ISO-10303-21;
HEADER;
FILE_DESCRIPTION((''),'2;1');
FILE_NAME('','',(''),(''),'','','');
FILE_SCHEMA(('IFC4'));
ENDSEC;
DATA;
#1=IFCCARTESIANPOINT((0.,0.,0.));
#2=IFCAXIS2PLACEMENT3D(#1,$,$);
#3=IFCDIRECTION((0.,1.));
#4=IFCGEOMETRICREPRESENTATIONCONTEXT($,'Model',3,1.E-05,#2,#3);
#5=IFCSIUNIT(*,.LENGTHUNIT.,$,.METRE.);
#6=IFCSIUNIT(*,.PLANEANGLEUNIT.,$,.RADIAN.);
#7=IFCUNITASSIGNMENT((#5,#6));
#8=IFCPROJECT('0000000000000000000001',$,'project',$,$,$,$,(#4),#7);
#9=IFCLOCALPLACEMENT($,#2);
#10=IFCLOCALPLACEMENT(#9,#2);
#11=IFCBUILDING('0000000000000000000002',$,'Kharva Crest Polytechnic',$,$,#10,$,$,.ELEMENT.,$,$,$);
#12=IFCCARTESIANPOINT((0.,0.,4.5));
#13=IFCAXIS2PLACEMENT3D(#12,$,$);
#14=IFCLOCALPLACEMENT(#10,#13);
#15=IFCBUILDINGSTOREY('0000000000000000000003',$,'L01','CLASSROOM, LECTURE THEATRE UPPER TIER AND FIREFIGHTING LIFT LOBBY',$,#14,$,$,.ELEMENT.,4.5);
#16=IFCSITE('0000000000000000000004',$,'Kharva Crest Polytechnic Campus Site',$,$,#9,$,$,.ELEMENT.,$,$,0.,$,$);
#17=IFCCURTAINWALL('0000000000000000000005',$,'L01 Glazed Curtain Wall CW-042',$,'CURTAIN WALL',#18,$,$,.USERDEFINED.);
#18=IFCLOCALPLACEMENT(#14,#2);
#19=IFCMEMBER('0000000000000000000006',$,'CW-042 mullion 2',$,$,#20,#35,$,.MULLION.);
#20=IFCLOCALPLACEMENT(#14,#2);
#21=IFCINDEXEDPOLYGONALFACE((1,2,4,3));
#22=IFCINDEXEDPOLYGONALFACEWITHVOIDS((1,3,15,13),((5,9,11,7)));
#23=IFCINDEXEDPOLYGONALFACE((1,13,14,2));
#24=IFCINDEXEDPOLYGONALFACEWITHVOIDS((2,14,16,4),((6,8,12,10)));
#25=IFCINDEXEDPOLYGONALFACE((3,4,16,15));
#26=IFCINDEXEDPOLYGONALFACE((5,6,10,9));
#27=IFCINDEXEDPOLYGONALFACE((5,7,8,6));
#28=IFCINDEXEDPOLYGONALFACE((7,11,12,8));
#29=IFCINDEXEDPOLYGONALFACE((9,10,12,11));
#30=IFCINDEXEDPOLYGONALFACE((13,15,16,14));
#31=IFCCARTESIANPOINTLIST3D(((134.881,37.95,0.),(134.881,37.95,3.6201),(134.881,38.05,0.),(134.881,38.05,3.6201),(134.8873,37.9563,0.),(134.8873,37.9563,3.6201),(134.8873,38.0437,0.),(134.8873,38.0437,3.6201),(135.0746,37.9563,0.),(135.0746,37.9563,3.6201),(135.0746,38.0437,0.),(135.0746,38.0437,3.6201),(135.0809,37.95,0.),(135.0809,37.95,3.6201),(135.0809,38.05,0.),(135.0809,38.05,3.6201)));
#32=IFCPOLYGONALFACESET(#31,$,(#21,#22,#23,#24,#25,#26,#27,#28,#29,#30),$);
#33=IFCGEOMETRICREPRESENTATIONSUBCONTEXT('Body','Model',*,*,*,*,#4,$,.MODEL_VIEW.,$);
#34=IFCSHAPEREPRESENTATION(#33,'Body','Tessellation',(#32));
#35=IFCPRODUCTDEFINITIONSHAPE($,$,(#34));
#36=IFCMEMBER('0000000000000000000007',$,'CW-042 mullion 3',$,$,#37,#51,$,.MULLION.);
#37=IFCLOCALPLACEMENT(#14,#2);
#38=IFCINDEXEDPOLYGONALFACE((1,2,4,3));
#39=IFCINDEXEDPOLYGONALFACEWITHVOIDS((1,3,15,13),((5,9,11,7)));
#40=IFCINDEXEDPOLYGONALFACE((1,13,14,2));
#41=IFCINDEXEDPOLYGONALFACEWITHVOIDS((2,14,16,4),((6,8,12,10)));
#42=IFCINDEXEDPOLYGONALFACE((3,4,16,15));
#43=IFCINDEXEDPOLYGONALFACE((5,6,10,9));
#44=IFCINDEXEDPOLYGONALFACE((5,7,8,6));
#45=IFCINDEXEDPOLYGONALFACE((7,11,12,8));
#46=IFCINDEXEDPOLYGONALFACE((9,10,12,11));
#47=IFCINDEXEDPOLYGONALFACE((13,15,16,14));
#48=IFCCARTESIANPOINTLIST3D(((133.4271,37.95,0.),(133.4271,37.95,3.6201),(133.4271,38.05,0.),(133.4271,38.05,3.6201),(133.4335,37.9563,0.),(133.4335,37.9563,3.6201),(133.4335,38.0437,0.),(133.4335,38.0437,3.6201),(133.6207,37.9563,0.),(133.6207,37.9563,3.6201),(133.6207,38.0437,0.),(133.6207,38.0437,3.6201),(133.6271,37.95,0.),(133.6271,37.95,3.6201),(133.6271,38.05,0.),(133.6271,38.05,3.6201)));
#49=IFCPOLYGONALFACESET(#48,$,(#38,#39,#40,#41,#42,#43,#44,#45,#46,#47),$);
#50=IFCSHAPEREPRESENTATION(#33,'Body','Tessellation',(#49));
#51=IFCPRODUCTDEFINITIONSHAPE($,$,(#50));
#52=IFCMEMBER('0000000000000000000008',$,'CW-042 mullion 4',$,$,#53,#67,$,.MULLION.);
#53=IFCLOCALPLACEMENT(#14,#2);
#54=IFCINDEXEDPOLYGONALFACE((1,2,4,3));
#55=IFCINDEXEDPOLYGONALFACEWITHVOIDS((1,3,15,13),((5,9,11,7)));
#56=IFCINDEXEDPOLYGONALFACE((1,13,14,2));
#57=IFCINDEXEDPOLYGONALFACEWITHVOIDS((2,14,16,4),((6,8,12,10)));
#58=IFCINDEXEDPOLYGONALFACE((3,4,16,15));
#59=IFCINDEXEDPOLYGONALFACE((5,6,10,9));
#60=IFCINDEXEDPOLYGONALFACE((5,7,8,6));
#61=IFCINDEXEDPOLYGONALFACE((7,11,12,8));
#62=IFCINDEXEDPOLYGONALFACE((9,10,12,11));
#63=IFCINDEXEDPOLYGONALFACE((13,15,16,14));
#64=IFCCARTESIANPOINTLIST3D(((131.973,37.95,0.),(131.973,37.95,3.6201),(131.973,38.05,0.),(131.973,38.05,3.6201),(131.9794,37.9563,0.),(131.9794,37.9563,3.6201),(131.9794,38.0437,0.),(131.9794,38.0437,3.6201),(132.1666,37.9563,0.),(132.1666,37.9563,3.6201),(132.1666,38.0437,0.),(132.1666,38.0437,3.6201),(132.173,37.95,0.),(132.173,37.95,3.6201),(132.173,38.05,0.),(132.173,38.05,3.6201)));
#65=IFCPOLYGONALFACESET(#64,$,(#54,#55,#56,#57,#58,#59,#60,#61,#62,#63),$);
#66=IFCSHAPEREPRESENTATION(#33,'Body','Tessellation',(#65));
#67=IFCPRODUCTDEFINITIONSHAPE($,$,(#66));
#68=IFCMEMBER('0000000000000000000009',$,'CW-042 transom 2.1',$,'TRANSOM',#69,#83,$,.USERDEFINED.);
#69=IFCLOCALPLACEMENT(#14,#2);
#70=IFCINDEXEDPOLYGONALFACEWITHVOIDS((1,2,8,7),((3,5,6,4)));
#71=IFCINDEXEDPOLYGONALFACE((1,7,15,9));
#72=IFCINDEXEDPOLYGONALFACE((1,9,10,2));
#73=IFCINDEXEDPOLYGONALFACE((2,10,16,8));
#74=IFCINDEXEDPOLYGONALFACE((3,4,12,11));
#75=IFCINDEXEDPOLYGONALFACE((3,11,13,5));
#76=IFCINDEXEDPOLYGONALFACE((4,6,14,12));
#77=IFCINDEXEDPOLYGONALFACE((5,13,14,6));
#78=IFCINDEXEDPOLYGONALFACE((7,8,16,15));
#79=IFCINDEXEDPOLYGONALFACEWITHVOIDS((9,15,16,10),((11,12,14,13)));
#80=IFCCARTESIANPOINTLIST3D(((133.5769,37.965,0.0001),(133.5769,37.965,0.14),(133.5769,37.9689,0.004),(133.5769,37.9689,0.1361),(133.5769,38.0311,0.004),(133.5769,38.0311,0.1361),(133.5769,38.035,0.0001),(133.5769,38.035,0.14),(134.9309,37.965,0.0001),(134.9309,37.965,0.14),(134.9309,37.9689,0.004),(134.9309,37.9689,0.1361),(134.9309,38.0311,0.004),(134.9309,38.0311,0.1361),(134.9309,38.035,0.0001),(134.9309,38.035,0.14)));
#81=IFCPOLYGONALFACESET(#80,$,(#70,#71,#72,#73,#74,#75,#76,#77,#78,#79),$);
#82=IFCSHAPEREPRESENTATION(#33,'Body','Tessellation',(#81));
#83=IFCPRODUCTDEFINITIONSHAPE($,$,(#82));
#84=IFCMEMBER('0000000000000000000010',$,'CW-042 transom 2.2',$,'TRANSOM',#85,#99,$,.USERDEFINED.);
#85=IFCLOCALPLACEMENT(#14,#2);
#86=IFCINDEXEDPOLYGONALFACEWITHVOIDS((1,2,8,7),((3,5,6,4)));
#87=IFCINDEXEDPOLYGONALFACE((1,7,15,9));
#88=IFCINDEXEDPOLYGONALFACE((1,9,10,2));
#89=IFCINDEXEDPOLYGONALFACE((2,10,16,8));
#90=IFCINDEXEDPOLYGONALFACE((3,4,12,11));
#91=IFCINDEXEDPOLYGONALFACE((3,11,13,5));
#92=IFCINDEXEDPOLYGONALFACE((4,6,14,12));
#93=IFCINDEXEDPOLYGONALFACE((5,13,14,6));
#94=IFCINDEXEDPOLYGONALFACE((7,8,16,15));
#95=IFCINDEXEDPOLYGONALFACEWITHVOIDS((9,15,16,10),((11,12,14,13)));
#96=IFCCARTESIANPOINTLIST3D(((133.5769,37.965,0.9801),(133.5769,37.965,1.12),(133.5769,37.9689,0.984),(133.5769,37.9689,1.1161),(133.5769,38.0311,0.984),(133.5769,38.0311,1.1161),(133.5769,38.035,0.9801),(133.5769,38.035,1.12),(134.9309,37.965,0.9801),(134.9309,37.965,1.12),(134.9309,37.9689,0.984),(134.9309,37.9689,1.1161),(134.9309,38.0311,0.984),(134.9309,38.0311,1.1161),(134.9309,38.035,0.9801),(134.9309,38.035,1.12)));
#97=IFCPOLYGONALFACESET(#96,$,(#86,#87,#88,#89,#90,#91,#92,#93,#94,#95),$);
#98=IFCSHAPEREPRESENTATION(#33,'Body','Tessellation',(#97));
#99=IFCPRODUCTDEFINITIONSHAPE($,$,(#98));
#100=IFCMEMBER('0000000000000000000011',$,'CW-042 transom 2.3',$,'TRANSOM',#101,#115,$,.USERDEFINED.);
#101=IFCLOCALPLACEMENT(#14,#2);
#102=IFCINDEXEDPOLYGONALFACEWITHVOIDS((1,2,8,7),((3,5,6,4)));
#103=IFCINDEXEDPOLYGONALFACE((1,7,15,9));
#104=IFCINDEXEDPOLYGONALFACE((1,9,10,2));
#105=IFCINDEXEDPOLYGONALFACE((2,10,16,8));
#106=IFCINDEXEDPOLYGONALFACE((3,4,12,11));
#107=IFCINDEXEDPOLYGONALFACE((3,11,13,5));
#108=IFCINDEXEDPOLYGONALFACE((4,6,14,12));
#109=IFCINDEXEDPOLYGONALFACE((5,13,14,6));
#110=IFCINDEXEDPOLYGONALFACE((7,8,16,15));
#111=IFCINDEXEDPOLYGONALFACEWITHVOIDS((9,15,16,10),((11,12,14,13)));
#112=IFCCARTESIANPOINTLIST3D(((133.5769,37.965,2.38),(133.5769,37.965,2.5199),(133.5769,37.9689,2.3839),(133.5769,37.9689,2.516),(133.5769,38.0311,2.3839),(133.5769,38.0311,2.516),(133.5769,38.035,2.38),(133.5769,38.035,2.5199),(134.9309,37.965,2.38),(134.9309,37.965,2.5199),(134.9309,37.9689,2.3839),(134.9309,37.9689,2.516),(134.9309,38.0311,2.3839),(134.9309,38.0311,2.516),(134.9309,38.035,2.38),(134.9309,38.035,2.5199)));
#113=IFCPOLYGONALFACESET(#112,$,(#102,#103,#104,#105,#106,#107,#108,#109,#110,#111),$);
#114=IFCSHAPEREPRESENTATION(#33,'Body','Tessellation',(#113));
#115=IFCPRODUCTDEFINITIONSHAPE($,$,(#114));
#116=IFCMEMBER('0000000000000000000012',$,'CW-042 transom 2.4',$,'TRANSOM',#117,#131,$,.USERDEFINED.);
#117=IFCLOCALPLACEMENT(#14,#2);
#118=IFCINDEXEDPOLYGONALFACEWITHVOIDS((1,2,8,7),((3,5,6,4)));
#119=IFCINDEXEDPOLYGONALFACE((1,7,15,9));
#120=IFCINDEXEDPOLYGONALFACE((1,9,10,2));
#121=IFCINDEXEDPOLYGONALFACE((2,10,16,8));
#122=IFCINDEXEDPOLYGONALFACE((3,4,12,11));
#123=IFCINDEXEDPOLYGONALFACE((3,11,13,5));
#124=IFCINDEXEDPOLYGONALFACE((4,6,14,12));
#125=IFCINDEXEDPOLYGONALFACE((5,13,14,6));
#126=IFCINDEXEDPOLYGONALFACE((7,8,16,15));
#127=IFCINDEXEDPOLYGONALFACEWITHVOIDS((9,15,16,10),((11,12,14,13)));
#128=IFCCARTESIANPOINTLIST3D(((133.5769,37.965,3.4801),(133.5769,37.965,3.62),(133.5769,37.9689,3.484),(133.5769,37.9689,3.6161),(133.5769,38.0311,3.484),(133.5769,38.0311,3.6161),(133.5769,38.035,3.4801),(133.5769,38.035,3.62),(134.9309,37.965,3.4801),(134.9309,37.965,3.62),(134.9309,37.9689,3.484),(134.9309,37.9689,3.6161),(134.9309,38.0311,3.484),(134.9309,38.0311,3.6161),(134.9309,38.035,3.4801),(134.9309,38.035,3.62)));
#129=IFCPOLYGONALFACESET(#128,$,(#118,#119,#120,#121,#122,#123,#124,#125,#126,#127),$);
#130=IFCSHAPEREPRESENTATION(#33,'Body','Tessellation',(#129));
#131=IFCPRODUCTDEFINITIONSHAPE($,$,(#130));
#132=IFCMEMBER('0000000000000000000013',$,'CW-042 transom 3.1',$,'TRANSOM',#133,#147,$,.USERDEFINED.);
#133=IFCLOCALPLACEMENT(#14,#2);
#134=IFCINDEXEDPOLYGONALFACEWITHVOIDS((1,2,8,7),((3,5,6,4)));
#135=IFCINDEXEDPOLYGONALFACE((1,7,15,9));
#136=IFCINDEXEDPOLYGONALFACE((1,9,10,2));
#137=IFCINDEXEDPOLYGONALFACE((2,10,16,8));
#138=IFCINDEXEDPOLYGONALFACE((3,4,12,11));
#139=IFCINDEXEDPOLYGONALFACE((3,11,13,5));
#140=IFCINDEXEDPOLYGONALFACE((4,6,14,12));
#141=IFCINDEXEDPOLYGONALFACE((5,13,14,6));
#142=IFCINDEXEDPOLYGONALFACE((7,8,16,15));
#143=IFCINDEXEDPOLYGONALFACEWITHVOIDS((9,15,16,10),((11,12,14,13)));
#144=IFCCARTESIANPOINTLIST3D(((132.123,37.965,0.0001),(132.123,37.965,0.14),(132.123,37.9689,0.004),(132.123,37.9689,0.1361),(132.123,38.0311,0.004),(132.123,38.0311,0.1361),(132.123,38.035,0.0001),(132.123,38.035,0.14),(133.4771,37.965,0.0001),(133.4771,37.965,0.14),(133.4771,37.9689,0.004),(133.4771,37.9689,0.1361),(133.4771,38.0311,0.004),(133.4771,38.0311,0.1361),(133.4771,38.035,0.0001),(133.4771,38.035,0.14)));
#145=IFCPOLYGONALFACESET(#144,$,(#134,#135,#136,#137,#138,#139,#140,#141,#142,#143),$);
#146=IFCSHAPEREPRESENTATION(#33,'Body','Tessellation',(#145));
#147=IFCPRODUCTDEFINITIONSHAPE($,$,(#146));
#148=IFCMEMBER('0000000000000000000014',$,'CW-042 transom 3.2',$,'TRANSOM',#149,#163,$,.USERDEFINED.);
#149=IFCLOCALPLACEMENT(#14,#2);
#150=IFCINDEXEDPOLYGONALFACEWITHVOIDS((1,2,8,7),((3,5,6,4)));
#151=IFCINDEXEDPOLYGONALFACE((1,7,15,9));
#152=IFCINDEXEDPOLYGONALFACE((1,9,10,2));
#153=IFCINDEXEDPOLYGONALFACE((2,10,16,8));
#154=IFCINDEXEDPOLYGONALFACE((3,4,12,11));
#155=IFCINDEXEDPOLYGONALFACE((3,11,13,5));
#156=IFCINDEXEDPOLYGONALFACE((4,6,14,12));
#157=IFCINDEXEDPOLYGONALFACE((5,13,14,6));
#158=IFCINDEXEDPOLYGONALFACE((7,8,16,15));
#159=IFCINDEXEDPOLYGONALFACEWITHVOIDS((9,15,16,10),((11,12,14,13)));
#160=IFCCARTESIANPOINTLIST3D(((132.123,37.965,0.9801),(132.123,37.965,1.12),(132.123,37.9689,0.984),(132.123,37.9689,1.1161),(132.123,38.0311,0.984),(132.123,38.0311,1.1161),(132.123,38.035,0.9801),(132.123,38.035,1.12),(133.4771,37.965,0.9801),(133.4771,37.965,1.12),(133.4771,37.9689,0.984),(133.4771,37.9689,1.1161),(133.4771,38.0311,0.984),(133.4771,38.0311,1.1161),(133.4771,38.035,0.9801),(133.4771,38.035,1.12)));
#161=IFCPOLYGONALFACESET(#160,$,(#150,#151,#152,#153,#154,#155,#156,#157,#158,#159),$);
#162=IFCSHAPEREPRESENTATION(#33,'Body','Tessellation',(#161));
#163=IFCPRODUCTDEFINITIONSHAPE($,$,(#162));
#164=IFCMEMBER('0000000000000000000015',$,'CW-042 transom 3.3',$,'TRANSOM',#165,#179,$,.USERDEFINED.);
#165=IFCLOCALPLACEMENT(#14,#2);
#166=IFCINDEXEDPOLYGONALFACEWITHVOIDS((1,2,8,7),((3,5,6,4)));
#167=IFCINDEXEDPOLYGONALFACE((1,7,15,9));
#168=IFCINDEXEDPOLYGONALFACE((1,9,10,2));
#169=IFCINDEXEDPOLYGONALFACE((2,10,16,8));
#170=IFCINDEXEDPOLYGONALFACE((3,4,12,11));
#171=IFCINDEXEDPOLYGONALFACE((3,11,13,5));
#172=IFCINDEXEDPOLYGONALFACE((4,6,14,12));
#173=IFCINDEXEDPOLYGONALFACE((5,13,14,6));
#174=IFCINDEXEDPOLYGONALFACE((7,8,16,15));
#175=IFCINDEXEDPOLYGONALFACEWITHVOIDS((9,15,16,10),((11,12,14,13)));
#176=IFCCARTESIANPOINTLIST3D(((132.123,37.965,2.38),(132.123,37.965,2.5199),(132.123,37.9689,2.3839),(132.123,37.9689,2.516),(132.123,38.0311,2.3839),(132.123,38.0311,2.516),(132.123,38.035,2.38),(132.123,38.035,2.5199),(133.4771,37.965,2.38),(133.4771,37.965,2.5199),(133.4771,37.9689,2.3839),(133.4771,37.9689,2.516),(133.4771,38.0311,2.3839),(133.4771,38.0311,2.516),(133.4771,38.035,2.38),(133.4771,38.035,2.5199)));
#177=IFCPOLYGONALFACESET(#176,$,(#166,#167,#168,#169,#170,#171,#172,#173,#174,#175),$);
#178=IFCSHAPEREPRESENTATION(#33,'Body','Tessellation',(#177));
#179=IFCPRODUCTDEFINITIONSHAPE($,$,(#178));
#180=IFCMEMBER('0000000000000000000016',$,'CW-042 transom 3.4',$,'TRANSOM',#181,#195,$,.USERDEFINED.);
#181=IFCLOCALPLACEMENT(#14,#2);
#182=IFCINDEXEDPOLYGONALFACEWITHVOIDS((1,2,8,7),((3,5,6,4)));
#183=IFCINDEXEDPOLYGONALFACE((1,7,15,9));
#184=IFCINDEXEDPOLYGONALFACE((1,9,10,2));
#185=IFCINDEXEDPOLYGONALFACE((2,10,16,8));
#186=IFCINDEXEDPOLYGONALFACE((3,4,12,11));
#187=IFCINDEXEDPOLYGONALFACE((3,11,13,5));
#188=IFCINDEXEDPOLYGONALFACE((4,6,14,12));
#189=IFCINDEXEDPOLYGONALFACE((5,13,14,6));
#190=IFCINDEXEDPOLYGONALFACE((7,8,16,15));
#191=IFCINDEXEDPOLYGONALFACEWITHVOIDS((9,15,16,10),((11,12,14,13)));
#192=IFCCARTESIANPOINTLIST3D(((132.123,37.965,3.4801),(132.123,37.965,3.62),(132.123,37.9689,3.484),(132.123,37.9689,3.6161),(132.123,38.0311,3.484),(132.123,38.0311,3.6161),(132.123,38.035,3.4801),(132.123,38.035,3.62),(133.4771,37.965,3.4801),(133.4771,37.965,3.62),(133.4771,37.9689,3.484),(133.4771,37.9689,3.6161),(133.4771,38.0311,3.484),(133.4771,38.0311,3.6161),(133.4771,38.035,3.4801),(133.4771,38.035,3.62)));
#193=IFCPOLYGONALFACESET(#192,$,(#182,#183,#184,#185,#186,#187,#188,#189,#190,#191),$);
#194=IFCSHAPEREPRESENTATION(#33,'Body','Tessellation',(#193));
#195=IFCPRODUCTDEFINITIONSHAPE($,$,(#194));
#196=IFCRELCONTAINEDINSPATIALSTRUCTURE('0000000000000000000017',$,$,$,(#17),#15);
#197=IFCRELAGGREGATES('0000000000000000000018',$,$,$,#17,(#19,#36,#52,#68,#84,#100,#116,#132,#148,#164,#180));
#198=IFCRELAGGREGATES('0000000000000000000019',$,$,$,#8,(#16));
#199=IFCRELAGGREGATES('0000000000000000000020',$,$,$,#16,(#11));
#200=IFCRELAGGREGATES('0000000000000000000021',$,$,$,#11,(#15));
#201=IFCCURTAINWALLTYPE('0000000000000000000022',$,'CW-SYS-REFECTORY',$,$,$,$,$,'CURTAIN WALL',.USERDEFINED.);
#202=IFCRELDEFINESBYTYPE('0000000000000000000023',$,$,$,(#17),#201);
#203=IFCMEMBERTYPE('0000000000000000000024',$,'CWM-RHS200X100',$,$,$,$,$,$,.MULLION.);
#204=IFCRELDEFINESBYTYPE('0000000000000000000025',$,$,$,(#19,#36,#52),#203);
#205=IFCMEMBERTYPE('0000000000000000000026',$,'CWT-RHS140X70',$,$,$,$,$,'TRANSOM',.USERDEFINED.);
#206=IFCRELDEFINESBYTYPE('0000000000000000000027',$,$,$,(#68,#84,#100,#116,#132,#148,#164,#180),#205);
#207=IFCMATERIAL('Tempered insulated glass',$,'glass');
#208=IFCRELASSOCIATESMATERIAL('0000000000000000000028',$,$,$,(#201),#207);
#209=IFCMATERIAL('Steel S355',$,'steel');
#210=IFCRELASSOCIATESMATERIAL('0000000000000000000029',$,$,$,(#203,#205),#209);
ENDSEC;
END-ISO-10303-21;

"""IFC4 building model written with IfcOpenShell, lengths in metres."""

from ifc_helpers import new_model, si_unit, direction, frame, origin, origin_2d, place, context, subcontext, project, spatial, hollow_rectangle, extrude, material, material_profile, profile_set, type_object, element, aggregate, save


model = new_model("IFC4")

# Units and contexts
model_context = context("Model", 3, precision=1e-05, world=origin(), true_north=direction((0.0, 1.0)))
body_context = subcontext(model_context, "Body", "Model", "MODEL_VIEW")
ifc_project = project(units=[si_unit("LENGTHUNIT", "METRE"), si_unit("PLANEANGLEUNIT", "RADIAN")], contexts=[model_context])

# Site, building, storey
site_placement = place(None, origin())
site = spatial("IfcSite", under=ifc_project, at=site_placement, Name="Kharva Crest Polytechnic Campus Site", CompositionType="ELEMENT", RefElevation=0.0)
building_placement = place(site_placement, origin())
building = spatial("IfcBuilding", under=site, at=building_placement, Name="Kharva Crest Polytechnic", CompositionType="ELEMENT")
storey_placement = place(building_placement, frame((0.0, 0.0, 4.5)))
storey = spatial("IfcBuildingStorey", under=building, at=storey_placement, Name="L01", Description="CLASSROOM, LECTURE THEATRE UPPER TIER AND FIREFIGHTING LIFT LOBBY", CompositionType="ELEMENT", Elevation=4.5)

# Curtain wall, members
ifc_material_1 = material(Name="Tempered insulated glass", Category="glass")
curtain_wall_type = type_object("IfcCurtainWallType", Name="CW-SYS-REFECTORY", ElementType="CURTAIN WALL", PredefinedType="USERDEFINED", material=ifc_material_1)
curtain_wall_placement = place(storey_placement, origin())
curtain_wall = element("IfcCurtainWall", 1, at=curtain_wall_placement, inside=storey, type_object=curtain_wall_type, Name="L01 Glazed Curtain Wall CW-042", ObjectType="CURTAIN WALL", PredefinedType="USERDEFINED")
ifc_material_2 = material(Name="Steel S355", Category="steel")
ifc_material_profile_1 = material_profile(ifc_material_2, hollow_rectangle(XDim=0.1001, YDim=0.2, WallThickness=0.0063, at=origin_2d()), Name="RHS 200X100X6.3")
ifc_profile_set_1 = profile_set([ifc_material_profile_1], Name="Steel S355")
member_type_1 = type_object("IfcMemberType", Name="CWM-RHS200X100", PredefinedType="MULLION", material=ifc_profile_set_1)
member_1_placement = place(storey_placement, frame((134.981, 38.0, 0.0), z_axis=(0.0, 0.0, 1.0), x_axis=(0.0, -1.0, 0.0)))
member_1 = element("IfcMember", 2, at=member_1_placement, type_object=member_type_1, Name="CW-042 mullion 2", PredefinedType="MULLION", context=body_context, shape_type="SweptSolid", body=[
    extrude(hollow_rectangle(XDim=0.1001, YDim=0.2, WallThickness=0.0063, at=origin_2d()), origin(), (0.0, 0.0, 1.0), 3.6201),
])
member_2_placement = place(storey_placement, frame((133.5271, 38.0, 0.0), z_axis=(0.0, 0.0, 1.0), x_axis=(0.0, -1.0, 0.0)))
member_2 = element("IfcMember", 3, at=member_2_placement, type_object=member_type_1, Name="CW-042 mullion 3", PredefinedType="MULLION", context=body_context, shape_type="SweptSolid", body=[
    extrude(hollow_rectangle(XDim=0.1001, YDim=0.2, WallThickness=0.0063, at=origin_2d()), origin(), (0.0, 0.0, 1.0), 3.6201),
])
member_3_placement = place(storey_placement, frame((132.073, 38.0, 0.0), z_axis=(0.0, 0.0, 1.0), x_axis=(0.0, -1.0, 0.0)))
member_3 = element("IfcMember", 4, at=member_3_placement, type_object=member_type_1, Name="CW-042 mullion 4", PredefinedType="MULLION", context=body_context, shape_type="SweptSolid", body=[
    extrude(hollow_rectangle(XDim=0.1001, YDim=0.2, WallThickness=0.0063, at=origin_2d()), origin(), (0.0, 0.0, 1.0), 3.6201),
])
ifc_material_profile_2 = material_profile(ifc_material_2, hollow_rectangle(XDim=0.0701, YDim=0.1399, WallThickness=0.0039, at=origin_2d()), Name="RHS 140X70X4.0")
ifc_profile_set_2 = profile_set([ifc_material_profile_2], Name="Steel S355")
member_type_2 = type_object("IfcMemberType", Name="CWT-RHS140X70", ElementType="TRANSOM", PredefinedType="USERDEFINED", material=ifc_profile_set_2)
member_4_placement = place(storey_placement, frame((134.9309, 38.0, 0.0701), z_axis=(-1.0, 0.0, 0.0), x_axis=(0.0, -1.0, 0.0)))
member_4 = element("IfcMember", 5, at=member_4_placement, type_object=member_type_2, Name="CW-042 transom 2.1", ObjectType="TRANSOM", PredefinedType="USERDEFINED", context=body_context, shape_type="SweptSolid", body=[
    extrude(hollow_rectangle(XDim=0.0701, YDim=0.1399, WallThickness=0.0039, at=origin_2d()), origin(), (0.0, 0.0, 1.0), 1.354),
])
member_5_placement = place(storey_placement, frame((134.9309, 38.0, 1.05), z_axis=(-1.0, 0.0, 0.0), x_axis=(0.0, -1.0, 0.0)))
member_5 = element("IfcMember", 6, at=member_5_placement, type_object=member_type_2, Name="CW-042 transom 2.2", ObjectType="TRANSOM", PredefinedType="USERDEFINED", context=body_context, shape_type="SweptSolid", body=[
    extrude(hollow_rectangle(XDim=0.0701, YDim=0.1399, WallThickness=0.0039, at=origin_2d()), origin(), (0.0, 0.0, 1.0), 1.354),
])
member_6_placement = place(storey_placement, frame((134.9309, 38.0, 2.45), z_axis=(-1.0, 0.0, 0.0), x_axis=(0.0, -1.0, 0.0)))
member_6 = element("IfcMember", 7, at=member_6_placement, type_object=member_type_2, Name="CW-042 transom 2.3", ObjectType="TRANSOM", PredefinedType="USERDEFINED", context=body_context, shape_type="SweptSolid", body=[
    extrude(hollow_rectangle(XDim=0.0701, YDim=0.1399, WallThickness=0.0039, at=origin_2d()), origin(), (0.0, 0.0, 1.0), 1.354),
])
member_7_placement = place(storey_placement, frame((134.9309, 38.0, 3.55), z_axis=(-1.0, 0.0, 0.0), x_axis=(0.0, -1.0, 0.0)))
member_7 = element("IfcMember", 8, at=member_7_placement, type_object=member_type_2, Name="CW-042 transom 2.4", ObjectType="TRANSOM", PredefinedType="USERDEFINED", context=body_context, shape_type="SweptSolid", body=[
    extrude(hollow_rectangle(XDim=0.0701, YDim=0.1399, WallThickness=0.0039, at=origin_2d()), origin(), (0.0, 0.0, 1.0), 1.354),
])
member_8_placement = place(storey_placement, frame((133.4771, 38.0, 0.0701), z_axis=(-1.0, 0.0, 0.0), x_axis=(0.0, -1.0, 0.0)))
member_8 = element("IfcMember", 9, at=member_8_placement, type_object=member_type_2, Name="CW-042 transom 3.1", ObjectType="TRANSOM", PredefinedType="USERDEFINED", context=body_context, shape_type="SweptSolid", body=[
    extrude(hollow_rectangle(XDim=0.0701, YDim=0.1399, WallThickness=0.0039, at=origin_2d()), origin(), (0.0, 0.0, 1.0), 1.354),
])
member_9_placement = place(storey_placement, frame((133.4771, 38.0, 1.05), z_axis=(-1.0, 0.0, 0.0), x_axis=(0.0, -1.0, 0.0)))
member_9 = element("IfcMember", 10, at=member_9_placement, type_object=member_type_2, Name="CW-042 transom 3.2", ObjectType="TRANSOM", PredefinedType="USERDEFINED", context=body_context, shape_type="SweptSolid", body=[
    extrude(hollow_rectangle(XDim=0.0701, YDim=0.1399, WallThickness=0.0039, at=origin_2d()), origin(), (0.0, 0.0, 1.0), 1.354),
])
member_10_placement = place(storey_placement, frame((133.4771, 38.0, 2.45), z_axis=(-1.0, 0.0, 0.0), x_axis=(0.0, -1.0, 0.0)))
member_10 = element("IfcMember", 11, at=member_10_placement, type_object=member_type_2, Name="CW-042 transom 3.3", ObjectType="TRANSOM", PredefinedType="USERDEFINED", context=body_context, shape_type="SweptSolid", body=[
    extrude(hollow_rectangle(XDim=0.0701, YDim=0.1399, WallThickness=0.0039, at=origin_2d()), origin(), (0.0, 0.0, 1.0), 1.354),
])
member_11_placement = place(storey_placement, frame((133.4771, 38.0, 3.55), z_axis=(-1.0, 0.0, 0.0), x_axis=(0.0, -1.0, 0.0)))
member_11 = element("IfcMember", 12, at=member_11_placement, type_object=member_type_2, Name="CW-042 transom 3.4", ObjectType="TRANSOM", PredefinedType="USERDEFINED", context=body_context, shape_type="SweptSolid", body=[
    extrude(hollow_rectangle(XDim=0.0701, YDim=0.1399, WallThickness=0.0039, at=origin_2d()), origin(), (0.0, 0.0, 1.0), 1.354),
])
aggregate(curtain_wall, [member_1, member_2, member_3, member_4, member_5, member_6, member_7, member_8, member_9, member_10, member_11])

save(model, "model.ifc")
